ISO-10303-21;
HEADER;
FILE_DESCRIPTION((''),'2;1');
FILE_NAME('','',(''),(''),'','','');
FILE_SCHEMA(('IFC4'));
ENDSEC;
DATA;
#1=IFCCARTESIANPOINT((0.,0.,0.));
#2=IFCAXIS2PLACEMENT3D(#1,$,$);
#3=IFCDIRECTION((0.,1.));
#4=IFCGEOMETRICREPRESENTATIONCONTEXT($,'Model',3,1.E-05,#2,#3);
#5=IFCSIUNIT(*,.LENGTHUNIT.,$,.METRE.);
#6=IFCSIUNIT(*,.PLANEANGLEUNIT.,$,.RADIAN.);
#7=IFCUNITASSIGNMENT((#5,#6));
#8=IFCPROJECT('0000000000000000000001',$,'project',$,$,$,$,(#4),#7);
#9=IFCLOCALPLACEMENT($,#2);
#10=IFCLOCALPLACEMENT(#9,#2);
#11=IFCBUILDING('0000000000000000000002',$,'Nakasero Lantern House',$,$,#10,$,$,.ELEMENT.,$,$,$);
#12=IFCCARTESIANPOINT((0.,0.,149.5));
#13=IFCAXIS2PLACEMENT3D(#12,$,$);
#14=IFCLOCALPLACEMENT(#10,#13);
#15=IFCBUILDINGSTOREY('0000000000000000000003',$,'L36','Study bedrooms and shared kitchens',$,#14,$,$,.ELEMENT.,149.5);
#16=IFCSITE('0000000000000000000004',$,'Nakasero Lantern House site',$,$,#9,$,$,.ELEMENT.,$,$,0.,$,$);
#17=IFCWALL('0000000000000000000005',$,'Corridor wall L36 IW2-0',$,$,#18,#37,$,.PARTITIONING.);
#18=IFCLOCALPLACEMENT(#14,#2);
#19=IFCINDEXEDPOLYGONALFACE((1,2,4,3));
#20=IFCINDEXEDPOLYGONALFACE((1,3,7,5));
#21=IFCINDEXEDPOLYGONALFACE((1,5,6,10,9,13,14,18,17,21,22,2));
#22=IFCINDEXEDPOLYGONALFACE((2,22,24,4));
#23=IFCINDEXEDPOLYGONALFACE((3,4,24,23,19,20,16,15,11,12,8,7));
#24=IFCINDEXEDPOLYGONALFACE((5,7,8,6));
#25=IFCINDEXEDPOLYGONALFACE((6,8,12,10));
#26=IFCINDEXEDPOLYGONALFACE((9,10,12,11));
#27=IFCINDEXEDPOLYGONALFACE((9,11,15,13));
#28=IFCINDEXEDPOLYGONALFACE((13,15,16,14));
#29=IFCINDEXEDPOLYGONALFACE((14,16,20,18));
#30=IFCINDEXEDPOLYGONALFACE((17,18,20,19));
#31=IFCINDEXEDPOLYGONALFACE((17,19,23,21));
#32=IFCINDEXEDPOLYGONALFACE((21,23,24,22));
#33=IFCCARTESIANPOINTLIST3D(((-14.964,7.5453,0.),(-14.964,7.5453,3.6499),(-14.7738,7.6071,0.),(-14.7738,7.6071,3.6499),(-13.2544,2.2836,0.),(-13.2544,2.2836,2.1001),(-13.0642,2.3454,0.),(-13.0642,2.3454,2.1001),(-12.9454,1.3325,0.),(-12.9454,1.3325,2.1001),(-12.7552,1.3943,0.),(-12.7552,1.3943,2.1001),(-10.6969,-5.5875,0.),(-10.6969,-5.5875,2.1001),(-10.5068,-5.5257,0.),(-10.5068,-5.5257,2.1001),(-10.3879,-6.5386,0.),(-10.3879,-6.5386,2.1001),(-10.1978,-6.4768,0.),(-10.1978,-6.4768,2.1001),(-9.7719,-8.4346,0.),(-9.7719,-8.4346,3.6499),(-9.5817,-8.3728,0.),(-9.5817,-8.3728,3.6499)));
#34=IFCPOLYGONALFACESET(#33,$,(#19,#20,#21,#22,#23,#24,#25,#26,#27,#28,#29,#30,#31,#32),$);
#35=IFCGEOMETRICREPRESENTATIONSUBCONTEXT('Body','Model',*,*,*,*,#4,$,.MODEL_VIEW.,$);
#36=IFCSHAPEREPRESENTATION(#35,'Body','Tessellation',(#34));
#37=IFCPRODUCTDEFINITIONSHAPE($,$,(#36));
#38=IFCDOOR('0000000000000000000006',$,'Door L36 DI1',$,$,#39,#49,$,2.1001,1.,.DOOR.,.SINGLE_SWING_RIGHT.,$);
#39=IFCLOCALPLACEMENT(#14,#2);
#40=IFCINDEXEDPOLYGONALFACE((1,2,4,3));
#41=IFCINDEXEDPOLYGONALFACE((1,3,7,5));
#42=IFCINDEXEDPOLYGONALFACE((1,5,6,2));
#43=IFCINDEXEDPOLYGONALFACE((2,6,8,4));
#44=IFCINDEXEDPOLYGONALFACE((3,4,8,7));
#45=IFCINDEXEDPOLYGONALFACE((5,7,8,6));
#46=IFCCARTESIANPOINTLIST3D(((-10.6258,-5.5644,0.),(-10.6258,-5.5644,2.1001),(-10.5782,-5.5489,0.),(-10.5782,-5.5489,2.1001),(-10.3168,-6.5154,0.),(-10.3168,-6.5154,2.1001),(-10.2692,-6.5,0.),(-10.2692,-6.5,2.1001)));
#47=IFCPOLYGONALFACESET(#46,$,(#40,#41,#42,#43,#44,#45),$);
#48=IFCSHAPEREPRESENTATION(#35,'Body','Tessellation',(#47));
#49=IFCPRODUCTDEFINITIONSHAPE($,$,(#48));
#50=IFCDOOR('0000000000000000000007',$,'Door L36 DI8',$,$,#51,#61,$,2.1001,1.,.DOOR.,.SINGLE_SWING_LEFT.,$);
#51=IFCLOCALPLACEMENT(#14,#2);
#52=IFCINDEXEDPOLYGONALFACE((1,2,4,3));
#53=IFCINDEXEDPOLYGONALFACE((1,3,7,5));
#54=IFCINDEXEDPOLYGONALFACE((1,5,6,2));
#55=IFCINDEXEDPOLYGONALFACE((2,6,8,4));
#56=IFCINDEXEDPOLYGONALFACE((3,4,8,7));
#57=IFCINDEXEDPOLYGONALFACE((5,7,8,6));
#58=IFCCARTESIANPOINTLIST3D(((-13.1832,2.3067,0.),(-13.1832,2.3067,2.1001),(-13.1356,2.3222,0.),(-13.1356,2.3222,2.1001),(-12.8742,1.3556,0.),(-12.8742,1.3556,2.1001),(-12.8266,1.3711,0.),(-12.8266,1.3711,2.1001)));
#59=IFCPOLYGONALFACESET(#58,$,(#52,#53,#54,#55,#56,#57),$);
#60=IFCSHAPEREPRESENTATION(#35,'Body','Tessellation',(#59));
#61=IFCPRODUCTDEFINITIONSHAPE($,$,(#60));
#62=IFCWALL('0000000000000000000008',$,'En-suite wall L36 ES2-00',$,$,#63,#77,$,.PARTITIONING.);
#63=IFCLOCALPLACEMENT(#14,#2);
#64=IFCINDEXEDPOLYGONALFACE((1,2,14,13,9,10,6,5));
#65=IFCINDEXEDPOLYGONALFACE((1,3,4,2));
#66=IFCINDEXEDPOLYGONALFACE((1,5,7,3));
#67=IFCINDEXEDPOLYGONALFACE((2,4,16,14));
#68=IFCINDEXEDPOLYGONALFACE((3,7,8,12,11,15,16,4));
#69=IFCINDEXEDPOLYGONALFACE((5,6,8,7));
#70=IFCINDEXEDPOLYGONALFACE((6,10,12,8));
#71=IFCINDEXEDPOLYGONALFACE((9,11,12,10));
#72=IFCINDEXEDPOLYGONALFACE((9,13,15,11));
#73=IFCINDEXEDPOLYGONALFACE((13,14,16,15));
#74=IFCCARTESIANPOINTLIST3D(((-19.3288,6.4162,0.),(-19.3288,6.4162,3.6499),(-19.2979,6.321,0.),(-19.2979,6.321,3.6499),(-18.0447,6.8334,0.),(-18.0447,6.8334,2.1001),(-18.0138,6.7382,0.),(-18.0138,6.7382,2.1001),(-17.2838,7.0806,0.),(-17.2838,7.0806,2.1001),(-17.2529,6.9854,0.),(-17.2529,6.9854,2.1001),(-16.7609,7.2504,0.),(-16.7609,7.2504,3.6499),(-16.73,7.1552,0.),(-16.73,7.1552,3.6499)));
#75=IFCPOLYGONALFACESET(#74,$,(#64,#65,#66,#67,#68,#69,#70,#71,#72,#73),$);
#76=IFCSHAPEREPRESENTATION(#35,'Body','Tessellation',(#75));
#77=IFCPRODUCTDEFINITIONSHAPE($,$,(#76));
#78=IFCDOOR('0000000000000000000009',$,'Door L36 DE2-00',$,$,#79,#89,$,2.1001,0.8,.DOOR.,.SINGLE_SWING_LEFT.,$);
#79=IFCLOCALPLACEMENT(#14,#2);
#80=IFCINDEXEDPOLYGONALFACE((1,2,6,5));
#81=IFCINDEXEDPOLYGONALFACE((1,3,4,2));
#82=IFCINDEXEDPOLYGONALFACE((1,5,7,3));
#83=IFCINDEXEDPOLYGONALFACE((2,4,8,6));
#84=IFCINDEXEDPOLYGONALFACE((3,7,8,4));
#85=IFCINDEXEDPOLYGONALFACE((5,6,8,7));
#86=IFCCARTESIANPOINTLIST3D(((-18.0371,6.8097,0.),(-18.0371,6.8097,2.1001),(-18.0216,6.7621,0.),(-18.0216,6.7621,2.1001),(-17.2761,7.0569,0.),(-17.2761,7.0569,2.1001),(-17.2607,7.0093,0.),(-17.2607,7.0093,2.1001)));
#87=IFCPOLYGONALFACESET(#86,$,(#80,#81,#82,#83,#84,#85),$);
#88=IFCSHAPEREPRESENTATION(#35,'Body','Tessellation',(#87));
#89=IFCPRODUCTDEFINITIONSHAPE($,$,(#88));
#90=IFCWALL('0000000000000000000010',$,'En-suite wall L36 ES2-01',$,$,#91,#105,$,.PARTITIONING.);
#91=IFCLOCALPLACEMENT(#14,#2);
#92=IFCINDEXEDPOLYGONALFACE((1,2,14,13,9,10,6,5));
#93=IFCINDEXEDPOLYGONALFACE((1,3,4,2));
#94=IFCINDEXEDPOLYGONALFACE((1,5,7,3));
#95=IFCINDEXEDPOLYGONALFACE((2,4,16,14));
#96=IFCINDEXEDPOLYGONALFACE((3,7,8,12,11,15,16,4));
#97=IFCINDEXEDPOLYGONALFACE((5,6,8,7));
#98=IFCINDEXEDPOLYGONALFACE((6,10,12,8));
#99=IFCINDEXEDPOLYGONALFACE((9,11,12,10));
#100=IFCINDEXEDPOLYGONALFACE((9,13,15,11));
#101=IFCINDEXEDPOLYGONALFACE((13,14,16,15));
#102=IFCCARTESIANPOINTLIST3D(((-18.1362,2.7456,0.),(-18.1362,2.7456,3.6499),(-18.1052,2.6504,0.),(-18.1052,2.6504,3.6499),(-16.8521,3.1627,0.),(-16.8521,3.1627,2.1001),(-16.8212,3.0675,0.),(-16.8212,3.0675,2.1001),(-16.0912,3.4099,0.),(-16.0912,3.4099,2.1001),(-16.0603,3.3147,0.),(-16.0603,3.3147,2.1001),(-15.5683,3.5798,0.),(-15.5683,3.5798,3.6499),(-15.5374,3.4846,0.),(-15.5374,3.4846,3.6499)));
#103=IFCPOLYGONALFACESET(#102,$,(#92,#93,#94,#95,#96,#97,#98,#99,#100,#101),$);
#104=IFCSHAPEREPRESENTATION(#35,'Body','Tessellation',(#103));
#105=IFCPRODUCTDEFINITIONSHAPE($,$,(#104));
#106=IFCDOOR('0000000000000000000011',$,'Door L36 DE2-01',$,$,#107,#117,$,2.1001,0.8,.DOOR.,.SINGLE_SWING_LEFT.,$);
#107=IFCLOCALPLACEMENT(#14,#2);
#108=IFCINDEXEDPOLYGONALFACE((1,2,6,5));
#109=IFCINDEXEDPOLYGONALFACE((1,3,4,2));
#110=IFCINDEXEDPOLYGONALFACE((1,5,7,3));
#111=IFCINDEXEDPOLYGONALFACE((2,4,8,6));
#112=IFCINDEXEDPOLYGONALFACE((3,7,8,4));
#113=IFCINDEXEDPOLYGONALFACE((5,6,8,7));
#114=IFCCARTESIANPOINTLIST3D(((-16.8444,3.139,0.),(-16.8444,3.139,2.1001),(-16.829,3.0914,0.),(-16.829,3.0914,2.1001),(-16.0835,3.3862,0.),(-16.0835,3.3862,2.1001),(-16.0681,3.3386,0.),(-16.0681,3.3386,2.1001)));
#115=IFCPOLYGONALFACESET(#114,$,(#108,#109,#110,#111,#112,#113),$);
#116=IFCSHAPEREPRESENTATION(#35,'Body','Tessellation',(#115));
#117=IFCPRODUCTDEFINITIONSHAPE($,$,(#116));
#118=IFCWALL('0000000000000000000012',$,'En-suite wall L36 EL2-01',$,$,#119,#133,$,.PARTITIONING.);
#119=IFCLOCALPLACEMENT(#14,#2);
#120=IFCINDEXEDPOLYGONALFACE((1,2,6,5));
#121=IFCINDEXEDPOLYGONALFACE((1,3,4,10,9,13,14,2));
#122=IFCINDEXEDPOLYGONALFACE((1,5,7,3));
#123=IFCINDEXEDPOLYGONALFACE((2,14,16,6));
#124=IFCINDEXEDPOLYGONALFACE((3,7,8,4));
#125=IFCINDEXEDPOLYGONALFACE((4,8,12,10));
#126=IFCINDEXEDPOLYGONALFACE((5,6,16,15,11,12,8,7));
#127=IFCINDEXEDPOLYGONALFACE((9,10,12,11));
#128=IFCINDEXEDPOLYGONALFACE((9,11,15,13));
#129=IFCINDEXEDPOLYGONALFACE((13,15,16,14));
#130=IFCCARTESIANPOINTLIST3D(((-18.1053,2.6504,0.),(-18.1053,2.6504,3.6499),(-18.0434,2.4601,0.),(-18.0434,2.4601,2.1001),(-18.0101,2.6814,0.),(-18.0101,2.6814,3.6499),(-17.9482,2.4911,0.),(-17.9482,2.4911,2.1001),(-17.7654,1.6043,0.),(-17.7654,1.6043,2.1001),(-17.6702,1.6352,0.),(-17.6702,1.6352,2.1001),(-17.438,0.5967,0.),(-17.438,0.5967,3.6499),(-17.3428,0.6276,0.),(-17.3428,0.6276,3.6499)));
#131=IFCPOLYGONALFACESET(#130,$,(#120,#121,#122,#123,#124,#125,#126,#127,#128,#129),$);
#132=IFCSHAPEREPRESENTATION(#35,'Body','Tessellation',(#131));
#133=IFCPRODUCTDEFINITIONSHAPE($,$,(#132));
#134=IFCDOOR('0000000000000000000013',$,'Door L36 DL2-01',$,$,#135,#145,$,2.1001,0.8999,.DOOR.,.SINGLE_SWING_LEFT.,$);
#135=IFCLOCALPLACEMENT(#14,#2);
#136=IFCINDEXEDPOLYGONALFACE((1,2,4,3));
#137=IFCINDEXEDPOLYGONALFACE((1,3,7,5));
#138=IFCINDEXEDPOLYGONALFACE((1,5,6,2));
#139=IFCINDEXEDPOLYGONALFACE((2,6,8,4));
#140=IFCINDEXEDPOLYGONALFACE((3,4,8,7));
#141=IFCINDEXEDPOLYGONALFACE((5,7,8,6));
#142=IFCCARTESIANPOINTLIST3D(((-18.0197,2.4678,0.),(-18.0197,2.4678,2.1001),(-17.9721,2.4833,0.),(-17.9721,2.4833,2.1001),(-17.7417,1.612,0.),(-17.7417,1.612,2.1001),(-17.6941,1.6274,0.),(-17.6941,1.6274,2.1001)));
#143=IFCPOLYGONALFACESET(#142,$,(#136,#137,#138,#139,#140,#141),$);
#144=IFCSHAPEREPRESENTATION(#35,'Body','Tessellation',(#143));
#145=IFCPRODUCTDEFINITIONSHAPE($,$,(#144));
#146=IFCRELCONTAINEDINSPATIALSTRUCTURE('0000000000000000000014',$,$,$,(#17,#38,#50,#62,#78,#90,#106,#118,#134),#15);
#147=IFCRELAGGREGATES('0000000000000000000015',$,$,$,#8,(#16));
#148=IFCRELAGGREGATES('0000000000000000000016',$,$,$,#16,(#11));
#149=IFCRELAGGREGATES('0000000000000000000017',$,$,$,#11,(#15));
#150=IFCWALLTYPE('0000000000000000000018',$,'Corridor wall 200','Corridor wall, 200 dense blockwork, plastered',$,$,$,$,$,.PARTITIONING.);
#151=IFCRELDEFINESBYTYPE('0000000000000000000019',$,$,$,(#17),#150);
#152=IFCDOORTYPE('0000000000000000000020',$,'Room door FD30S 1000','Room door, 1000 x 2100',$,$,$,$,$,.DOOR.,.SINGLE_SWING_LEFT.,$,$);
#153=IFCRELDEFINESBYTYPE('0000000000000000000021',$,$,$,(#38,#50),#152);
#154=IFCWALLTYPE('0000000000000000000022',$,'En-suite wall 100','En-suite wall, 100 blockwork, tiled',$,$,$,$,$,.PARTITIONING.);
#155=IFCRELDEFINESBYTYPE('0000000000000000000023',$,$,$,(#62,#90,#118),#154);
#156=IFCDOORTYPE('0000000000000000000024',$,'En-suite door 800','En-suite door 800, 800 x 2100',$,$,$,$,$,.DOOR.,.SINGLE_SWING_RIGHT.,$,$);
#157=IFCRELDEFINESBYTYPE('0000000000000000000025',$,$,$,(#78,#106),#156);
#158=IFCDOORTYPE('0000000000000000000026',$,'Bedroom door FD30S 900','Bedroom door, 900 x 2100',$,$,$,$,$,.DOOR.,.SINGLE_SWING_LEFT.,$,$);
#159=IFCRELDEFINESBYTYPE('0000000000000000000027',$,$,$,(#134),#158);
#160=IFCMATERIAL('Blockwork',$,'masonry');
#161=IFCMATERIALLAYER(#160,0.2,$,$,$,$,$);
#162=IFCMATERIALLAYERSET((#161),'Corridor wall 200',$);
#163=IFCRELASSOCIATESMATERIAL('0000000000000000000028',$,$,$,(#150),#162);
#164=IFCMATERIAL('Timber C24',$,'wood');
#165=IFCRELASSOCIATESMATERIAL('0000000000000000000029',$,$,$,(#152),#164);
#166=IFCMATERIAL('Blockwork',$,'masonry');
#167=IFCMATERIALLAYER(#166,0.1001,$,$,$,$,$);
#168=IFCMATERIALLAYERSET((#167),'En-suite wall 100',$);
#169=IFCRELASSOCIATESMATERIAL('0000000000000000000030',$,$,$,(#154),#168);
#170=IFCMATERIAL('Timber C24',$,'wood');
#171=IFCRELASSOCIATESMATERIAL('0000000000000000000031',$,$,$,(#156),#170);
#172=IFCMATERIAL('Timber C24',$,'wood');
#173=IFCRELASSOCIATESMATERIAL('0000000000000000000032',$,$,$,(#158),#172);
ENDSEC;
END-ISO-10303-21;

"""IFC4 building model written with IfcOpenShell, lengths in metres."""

from ifc_helpers import new_model, si_unit, direction, frame, frame_2d, origin, place, context, subcontext, project, spatial, rectangle, extrude, material, layer, layer_set, type_object, element, fill, save


model = new_model("IFC4")

# Units and contexts
model_context = context("Model", 3, precision=1e-05, world=origin(), true_north=direction((0.0, 1.0)))
body_context = subcontext(model_context, "Body", "Model", "MODEL_VIEW")
ifc_project = project(units=[si_unit("LENGTHUNIT", "METRE"), si_unit("PLANEANGLEUNIT", "RADIAN")], contexts=[model_context])

# Site, building, storey
site_placement = place(None, origin())
site = spatial("IfcSite", under=ifc_project, at=site_placement, Name="Nakasero Lantern House site", CompositionType="ELEMENT", RefElevation=0.0)
building_placement = place(site_placement, origin())
building = spatial("IfcBuilding", under=site, at=building_placement, Name="Nakasero Lantern House", CompositionType="ELEMENT")
storey_placement = place(building_placement, frame((0.0, 0.0, 149.5)))
storey = spatial("IfcBuildingStorey", under=building, at=storey_placement, Name="L36", Description="Study bedrooms and shared kitchens", CompositionType="ELEMENT", Elevation=149.5)

# Wall, openings, doors
ifc_material_1 = material(Name="Blockwork", Category="masonry")
ifc_layer_1 = layer(ifc_material_1, 0.2)
ifc_layer_set_1 = layer_set([ifc_layer_1], Name="Corridor wall 200")
wall_type_1 = type_object("IfcWallType", Name="Corridor wall 200", Description="Corridor wall, 200 dense blockwork, plastered", PredefinedType="PARTITIONING", material=ifc_layer_set_1)
wall_1_placement = place(storey_placement, frame((-14.8689, 7.5762, 0.0), z_axis=(0.0, 0.0, 1.0), x_axis=(0.309013, -0.951058, 0.0)))
wall_1 = element("IfcWall", 1, at=wall_1_placement, inside=storey, type_object=wall_type_1, Name="Corridor wall L36 IW2-0", PredefinedType="PARTITIONING", context=body_context, shape_type="SweptSolid", body=[
    extrude(rectangle(XDim=16.8022, YDim=0.2, at=frame_2d((8.4011, 0.0))), origin(), (0.0, 0.0, 1.0), 3.6499),
])
opening_1_placement = place(wall_1_placement, frame((13.8086, 0.0, 0.0)))
opening_1 = element("IfcOpeningElement", 2, at=opening_1_placement, cuts=wall_1, PredefinedType="OPENING", context=body_context, shape_type="SweptSolid", body=[
    extrude(rectangle(XDim=1.0, YDim=2.1001, at=frame_2d((0.5, 1.05))), frame((0.0, 0.1199, 0.0), z_axis=(0.0, -1.0, 0.0), x_axis=(1.0, 0.0, 0.0)), (0.0, 0.0, 1.0), 0.24),
])
opening_2_placement = place(wall_1_placement, frame((5.5325, 0.0, 0.0)))
opening_2 = element("IfcOpeningElement", 3, at=opening_2_placement, cuts=wall_1, PredefinedType="OPENING", context=body_context, shape_type="SweptSolid", body=[
    extrude(rectangle(XDim=1.0, YDim=2.1001, at=frame_2d((0.5, 1.05))), frame((0.0, 0.1199, 0.0), z_axis=(0.0, -1.0, 0.0), x_axis=(1.0, 0.0, 0.0)), (0.0, 0.0, 1.0), 0.24),
])
ifc_material_2 = material(Name="Timber C24", Category="wood")
door_type_1 = type_object("IfcDoorType", Name="Room door FD30S 1000", Description="Room door, 1000 x 2100", OperationType="SINGLE_SWING_LEFT", PredefinedType="DOOR", material=ifc_material_2)
door_1_placement = place(opening_1_placement, origin())
door_1 = element("IfcDoor", 4, at=door_1_placement, inside=storey, type_object=door_type_1, Name="Door L36 DI1", OperationType="SINGLE_SWING_RIGHT", OverallHeight=2.1001, OverallWidth=1.0, PredefinedType="DOOR", context=body_context, shape_type="SweptSolid", body=[
    extrude(rectangle(XDim=1.0, YDim=2.1001, at=frame_2d((0.5, 1.05))), frame((0.0, 0.0249, 0.0), z_axis=(0.0, -1.0, 0.0), x_axis=(1.0, 0.0, 0.0)), (0.0, 0.0, 1.0), 0.05),
])
fill(opening_1, door_1)
door_2_placement = place(opening_2_placement, origin())
door_2 = element("IfcDoor", 5, at=door_2_placement, inside=storey, type_object=door_type_1, Name="Door L36 DI8", OperationType="SINGLE_SWING_LEFT", OverallHeight=2.1001, OverallWidth=1.0, PredefinedType="DOOR", context=body_context, shape_type="SweptSolid", body=[
    extrude(rectangle(XDim=1.0, YDim=2.1001, at=frame_2d((0.5, 1.05))), frame((0.0, 0.0249, 0.0), z_axis=(0.0, -1.0, 0.0), x_axis=(1.0, 0.0, 0.0)), (0.0, 0.0, 1.0), 0.05),
])
fill(opening_2, door_2)

# Walls, openings, doors
ifc_material_3 = material(Name="Blockwork", Category="masonry")
ifc_layer_2 = layer(ifc_material_3, 0.1001)
ifc_layer_set_2 = layer_set([ifc_layer_2], Name="En-suite wall 100")
wall_type_2 = type_object("IfcWallType", Name="En-suite wall 100", Description="En-suite wall, 100 blockwork, tiled", PredefinedType="PARTITIONING", material=ifc_layer_set_2)
wall_2_placement = place(storey_placement, frame((-16.7454, 7.2029, 0.0), z_axis=(0.0, 0.0, 1.0), x_axis=(-0.95107, -0.308976, 0.0)))
wall_2 = element("IfcWall", 6, at=wall_2_placement, inside=storey, type_object=wall_type_2, Name="En-suite wall L36 ES2-00", PredefinedType="PARTITIONING", context=body_context, shape_type="SweptSolid", body=[
    extrude(rectangle(XDim=2.7, YDim=0.1001, at=frame_2d((1.3501, 0.0))), origin(), (0.0, 0.0, 1.0), 3.6499),
])
opening_3_placement = place(wall_2_placement, frame((0.55, 0.0, 0.0)))
opening_3 = element("IfcOpeningElement", 7, at=opening_3_placement, cuts=wall_2, PredefinedType="OPENING", context=body_context, shape_type="SweptSolid", body=[
    extrude(rectangle(XDim=0.8, YDim=2.1001, at=frame_2d((0.3999, 1.05))), frame((0.0, 0.0701, 0.0), z_axis=(0.0, -1.0, 0.0), x_axis=(1.0, 0.0, 0.0)), (0.0, 0.0, 1.0), 0.1401),
])
ifc_material_4 = material(Name="Timber C24", Category="wood")
door_type_2 = type_object("IfcDoorType", Name="En-suite door 800", Description="En-suite door 800, 800 x 2100", OperationType="SINGLE_SWING_RIGHT", PredefinedType="DOOR", material=ifc_material_4)
door_3_placement = place(opening_3_placement, origin())
door_3 = element("IfcDoor", 8, at=door_3_placement, inside=storey, type_object=door_type_2, Name="Door L36 DE2-00", OperationType="SINGLE_SWING_LEFT", OverallHeight=2.1001, OverallWidth=0.8, PredefinedType="DOOR", context=body_context, shape_type="SweptSolid", body=[
    extrude(rectangle(XDim=0.8, YDim=2.1001, at=frame_2d((0.3999, 1.05))), frame((0.0, 0.0249, 0.0), z_axis=(0.0, -1.0, 0.0), x_axis=(1.0, 0.0, 0.0)), (0.0, 0.0, 1.0), 0.05),
])
fill(opening_3, door_3)
wall_3_placement = place(storey_placement, frame((-15.5527, 3.5322, 0.0), z_axis=(0.0, 0.0, 1.0), x_axis=(-0.95107, -0.308976, 0.0)))
wall_3 = element("IfcWall", 9, at=wall_3_placement, inside=storey, type_object=wall_type_2, Name="En-suite wall L36 ES2-01", PredefinedType="PARTITIONING", context=body_context, shape_type="SweptSolid", body=[
    extrude(rectangle(XDim=2.7, YDim=0.1001, at=frame_2d((1.3501, 0.0))), origin(), (0.0, 0.0, 1.0), 3.6499),
])
opening_4_placement = place(wall_3_placement, frame((0.55, 0.0, 0.0)))
opening_4 = element("IfcOpeningElement", 10, at=opening_4_placement, cuts=wall_3, PredefinedType="OPENING", context=body_context, shape_type="SweptSolid", body=[
    extrude(rectangle(XDim=0.8, YDim=2.1001, at=frame_2d((0.3999, 1.05))), frame((0.0, 0.0701, 0.0), z_axis=(0.0, -1.0, 0.0), x_axis=(1.0, 0.0, 0.0)), (0.0, 0.0, 1.0), 0.1401),
])
door_4_placement = place(opening_4_placement, origin())
door_4 = element("IfcDoor", 11, at=door_4_placement, inside=storey, type_object=door_type_2, Name="Door L36 DE2-01", OperationType="SINGLE_SWING_LEFT", OverallHeight=2.1001, OverallWidth=0.8, PredefinedType="DOOR", context=body_context, shape_type="SweptSolid", body=[
    extrude(rectangle(XDim=0.8, YDim=2.1001, at=frame_2d((0.3999, 1.05))), frame((0.0, 0.0249, 0.0), z_axis=(0.0, -1.0, 0.0), x_axis=(1.0, 0.0, 0.0)), (0.0, 0.0, 1.0), 0.05),
])
fill(opening_4, door_4)
wall_4_placement = place(storey_placement, frame((-18.0576, 2.6658, 0.0), z_axis=(0.0, 0.0, 1.0), x_axis=(0.308994, -0.951064, 0.0)))
wall_4 = element("IfcWall", 12, at=wall_4_placement, inside=storey, type_object=wall_type_2, Name="En-suite wall L36 EL2-01", PredefinedType="PARTITIONING", context=body_context, shape_type="SweptSolid", body=[
    extrude(rectangle(XDim=2.1594, YDim=0.1001, at=frame_2d((1.0796, 0.0))), origin(), (0.0, 0.0, 1.0), 3.6499),
])
opening_5_placement = place(wall_4_placement, frame((0.2, 0.0, 0.0)))
opening_5 = element("IfcOpeningElement", 13, at=opening_5_placement, cuts=wall_4, PredefinedType="OPENING", context=body_context, shape_type="SweptSolid", body=[
    extrude(rectangle(XDim=0.8999, YDim=2.1001, at=frame_2d((0.45, 1.05))), frame((0.0, 0.0701, 0.0), z_axis=(0.0, -1.0, 0.0), x_axis=(1.0, 0.0, 0.0)), (0.0, 0.0, 1.0), 0.1401),
])
ifc_material_5 = material(Name="Timber C24", Category="wood")
door_type_3 = type_object("IfcDoorType", Name="Bedroom door FD30S 900", Description="Bedroom door, 900 x 2100", OperationType="SINGLE_SWING_LEFT", PredefinedType="DOOR", material=ifc_material_5)
door_5_placement = place(opening_5_placement, origin())
door_5 = element("IfcDoor", 14, at=door_5_placement, inside=storey, type_object=door_type_3, Name="Door L36 DL2-01", OperationType="SINGLE_SWING_LEFT", OverallHeight=2.1001, OverallWidth=0.8999, PredefinedType="DOOR", context=body_context, shape_type="SweptSolid", body=[
    extrude(rectangle(XDim=0.8999, YDim=2.1001, at=frame_2d((0.45, 1.05))), frame((0.0, 0.0249, 0.0), z_axis=(0.0, -1.0, 0.0), x_axis=(1.0, 0.0, 0.0)), (0.0, 0.0, 1.0), 0.05),
])
fill(opening_5, door_5)

save(model, "model.ifc")
